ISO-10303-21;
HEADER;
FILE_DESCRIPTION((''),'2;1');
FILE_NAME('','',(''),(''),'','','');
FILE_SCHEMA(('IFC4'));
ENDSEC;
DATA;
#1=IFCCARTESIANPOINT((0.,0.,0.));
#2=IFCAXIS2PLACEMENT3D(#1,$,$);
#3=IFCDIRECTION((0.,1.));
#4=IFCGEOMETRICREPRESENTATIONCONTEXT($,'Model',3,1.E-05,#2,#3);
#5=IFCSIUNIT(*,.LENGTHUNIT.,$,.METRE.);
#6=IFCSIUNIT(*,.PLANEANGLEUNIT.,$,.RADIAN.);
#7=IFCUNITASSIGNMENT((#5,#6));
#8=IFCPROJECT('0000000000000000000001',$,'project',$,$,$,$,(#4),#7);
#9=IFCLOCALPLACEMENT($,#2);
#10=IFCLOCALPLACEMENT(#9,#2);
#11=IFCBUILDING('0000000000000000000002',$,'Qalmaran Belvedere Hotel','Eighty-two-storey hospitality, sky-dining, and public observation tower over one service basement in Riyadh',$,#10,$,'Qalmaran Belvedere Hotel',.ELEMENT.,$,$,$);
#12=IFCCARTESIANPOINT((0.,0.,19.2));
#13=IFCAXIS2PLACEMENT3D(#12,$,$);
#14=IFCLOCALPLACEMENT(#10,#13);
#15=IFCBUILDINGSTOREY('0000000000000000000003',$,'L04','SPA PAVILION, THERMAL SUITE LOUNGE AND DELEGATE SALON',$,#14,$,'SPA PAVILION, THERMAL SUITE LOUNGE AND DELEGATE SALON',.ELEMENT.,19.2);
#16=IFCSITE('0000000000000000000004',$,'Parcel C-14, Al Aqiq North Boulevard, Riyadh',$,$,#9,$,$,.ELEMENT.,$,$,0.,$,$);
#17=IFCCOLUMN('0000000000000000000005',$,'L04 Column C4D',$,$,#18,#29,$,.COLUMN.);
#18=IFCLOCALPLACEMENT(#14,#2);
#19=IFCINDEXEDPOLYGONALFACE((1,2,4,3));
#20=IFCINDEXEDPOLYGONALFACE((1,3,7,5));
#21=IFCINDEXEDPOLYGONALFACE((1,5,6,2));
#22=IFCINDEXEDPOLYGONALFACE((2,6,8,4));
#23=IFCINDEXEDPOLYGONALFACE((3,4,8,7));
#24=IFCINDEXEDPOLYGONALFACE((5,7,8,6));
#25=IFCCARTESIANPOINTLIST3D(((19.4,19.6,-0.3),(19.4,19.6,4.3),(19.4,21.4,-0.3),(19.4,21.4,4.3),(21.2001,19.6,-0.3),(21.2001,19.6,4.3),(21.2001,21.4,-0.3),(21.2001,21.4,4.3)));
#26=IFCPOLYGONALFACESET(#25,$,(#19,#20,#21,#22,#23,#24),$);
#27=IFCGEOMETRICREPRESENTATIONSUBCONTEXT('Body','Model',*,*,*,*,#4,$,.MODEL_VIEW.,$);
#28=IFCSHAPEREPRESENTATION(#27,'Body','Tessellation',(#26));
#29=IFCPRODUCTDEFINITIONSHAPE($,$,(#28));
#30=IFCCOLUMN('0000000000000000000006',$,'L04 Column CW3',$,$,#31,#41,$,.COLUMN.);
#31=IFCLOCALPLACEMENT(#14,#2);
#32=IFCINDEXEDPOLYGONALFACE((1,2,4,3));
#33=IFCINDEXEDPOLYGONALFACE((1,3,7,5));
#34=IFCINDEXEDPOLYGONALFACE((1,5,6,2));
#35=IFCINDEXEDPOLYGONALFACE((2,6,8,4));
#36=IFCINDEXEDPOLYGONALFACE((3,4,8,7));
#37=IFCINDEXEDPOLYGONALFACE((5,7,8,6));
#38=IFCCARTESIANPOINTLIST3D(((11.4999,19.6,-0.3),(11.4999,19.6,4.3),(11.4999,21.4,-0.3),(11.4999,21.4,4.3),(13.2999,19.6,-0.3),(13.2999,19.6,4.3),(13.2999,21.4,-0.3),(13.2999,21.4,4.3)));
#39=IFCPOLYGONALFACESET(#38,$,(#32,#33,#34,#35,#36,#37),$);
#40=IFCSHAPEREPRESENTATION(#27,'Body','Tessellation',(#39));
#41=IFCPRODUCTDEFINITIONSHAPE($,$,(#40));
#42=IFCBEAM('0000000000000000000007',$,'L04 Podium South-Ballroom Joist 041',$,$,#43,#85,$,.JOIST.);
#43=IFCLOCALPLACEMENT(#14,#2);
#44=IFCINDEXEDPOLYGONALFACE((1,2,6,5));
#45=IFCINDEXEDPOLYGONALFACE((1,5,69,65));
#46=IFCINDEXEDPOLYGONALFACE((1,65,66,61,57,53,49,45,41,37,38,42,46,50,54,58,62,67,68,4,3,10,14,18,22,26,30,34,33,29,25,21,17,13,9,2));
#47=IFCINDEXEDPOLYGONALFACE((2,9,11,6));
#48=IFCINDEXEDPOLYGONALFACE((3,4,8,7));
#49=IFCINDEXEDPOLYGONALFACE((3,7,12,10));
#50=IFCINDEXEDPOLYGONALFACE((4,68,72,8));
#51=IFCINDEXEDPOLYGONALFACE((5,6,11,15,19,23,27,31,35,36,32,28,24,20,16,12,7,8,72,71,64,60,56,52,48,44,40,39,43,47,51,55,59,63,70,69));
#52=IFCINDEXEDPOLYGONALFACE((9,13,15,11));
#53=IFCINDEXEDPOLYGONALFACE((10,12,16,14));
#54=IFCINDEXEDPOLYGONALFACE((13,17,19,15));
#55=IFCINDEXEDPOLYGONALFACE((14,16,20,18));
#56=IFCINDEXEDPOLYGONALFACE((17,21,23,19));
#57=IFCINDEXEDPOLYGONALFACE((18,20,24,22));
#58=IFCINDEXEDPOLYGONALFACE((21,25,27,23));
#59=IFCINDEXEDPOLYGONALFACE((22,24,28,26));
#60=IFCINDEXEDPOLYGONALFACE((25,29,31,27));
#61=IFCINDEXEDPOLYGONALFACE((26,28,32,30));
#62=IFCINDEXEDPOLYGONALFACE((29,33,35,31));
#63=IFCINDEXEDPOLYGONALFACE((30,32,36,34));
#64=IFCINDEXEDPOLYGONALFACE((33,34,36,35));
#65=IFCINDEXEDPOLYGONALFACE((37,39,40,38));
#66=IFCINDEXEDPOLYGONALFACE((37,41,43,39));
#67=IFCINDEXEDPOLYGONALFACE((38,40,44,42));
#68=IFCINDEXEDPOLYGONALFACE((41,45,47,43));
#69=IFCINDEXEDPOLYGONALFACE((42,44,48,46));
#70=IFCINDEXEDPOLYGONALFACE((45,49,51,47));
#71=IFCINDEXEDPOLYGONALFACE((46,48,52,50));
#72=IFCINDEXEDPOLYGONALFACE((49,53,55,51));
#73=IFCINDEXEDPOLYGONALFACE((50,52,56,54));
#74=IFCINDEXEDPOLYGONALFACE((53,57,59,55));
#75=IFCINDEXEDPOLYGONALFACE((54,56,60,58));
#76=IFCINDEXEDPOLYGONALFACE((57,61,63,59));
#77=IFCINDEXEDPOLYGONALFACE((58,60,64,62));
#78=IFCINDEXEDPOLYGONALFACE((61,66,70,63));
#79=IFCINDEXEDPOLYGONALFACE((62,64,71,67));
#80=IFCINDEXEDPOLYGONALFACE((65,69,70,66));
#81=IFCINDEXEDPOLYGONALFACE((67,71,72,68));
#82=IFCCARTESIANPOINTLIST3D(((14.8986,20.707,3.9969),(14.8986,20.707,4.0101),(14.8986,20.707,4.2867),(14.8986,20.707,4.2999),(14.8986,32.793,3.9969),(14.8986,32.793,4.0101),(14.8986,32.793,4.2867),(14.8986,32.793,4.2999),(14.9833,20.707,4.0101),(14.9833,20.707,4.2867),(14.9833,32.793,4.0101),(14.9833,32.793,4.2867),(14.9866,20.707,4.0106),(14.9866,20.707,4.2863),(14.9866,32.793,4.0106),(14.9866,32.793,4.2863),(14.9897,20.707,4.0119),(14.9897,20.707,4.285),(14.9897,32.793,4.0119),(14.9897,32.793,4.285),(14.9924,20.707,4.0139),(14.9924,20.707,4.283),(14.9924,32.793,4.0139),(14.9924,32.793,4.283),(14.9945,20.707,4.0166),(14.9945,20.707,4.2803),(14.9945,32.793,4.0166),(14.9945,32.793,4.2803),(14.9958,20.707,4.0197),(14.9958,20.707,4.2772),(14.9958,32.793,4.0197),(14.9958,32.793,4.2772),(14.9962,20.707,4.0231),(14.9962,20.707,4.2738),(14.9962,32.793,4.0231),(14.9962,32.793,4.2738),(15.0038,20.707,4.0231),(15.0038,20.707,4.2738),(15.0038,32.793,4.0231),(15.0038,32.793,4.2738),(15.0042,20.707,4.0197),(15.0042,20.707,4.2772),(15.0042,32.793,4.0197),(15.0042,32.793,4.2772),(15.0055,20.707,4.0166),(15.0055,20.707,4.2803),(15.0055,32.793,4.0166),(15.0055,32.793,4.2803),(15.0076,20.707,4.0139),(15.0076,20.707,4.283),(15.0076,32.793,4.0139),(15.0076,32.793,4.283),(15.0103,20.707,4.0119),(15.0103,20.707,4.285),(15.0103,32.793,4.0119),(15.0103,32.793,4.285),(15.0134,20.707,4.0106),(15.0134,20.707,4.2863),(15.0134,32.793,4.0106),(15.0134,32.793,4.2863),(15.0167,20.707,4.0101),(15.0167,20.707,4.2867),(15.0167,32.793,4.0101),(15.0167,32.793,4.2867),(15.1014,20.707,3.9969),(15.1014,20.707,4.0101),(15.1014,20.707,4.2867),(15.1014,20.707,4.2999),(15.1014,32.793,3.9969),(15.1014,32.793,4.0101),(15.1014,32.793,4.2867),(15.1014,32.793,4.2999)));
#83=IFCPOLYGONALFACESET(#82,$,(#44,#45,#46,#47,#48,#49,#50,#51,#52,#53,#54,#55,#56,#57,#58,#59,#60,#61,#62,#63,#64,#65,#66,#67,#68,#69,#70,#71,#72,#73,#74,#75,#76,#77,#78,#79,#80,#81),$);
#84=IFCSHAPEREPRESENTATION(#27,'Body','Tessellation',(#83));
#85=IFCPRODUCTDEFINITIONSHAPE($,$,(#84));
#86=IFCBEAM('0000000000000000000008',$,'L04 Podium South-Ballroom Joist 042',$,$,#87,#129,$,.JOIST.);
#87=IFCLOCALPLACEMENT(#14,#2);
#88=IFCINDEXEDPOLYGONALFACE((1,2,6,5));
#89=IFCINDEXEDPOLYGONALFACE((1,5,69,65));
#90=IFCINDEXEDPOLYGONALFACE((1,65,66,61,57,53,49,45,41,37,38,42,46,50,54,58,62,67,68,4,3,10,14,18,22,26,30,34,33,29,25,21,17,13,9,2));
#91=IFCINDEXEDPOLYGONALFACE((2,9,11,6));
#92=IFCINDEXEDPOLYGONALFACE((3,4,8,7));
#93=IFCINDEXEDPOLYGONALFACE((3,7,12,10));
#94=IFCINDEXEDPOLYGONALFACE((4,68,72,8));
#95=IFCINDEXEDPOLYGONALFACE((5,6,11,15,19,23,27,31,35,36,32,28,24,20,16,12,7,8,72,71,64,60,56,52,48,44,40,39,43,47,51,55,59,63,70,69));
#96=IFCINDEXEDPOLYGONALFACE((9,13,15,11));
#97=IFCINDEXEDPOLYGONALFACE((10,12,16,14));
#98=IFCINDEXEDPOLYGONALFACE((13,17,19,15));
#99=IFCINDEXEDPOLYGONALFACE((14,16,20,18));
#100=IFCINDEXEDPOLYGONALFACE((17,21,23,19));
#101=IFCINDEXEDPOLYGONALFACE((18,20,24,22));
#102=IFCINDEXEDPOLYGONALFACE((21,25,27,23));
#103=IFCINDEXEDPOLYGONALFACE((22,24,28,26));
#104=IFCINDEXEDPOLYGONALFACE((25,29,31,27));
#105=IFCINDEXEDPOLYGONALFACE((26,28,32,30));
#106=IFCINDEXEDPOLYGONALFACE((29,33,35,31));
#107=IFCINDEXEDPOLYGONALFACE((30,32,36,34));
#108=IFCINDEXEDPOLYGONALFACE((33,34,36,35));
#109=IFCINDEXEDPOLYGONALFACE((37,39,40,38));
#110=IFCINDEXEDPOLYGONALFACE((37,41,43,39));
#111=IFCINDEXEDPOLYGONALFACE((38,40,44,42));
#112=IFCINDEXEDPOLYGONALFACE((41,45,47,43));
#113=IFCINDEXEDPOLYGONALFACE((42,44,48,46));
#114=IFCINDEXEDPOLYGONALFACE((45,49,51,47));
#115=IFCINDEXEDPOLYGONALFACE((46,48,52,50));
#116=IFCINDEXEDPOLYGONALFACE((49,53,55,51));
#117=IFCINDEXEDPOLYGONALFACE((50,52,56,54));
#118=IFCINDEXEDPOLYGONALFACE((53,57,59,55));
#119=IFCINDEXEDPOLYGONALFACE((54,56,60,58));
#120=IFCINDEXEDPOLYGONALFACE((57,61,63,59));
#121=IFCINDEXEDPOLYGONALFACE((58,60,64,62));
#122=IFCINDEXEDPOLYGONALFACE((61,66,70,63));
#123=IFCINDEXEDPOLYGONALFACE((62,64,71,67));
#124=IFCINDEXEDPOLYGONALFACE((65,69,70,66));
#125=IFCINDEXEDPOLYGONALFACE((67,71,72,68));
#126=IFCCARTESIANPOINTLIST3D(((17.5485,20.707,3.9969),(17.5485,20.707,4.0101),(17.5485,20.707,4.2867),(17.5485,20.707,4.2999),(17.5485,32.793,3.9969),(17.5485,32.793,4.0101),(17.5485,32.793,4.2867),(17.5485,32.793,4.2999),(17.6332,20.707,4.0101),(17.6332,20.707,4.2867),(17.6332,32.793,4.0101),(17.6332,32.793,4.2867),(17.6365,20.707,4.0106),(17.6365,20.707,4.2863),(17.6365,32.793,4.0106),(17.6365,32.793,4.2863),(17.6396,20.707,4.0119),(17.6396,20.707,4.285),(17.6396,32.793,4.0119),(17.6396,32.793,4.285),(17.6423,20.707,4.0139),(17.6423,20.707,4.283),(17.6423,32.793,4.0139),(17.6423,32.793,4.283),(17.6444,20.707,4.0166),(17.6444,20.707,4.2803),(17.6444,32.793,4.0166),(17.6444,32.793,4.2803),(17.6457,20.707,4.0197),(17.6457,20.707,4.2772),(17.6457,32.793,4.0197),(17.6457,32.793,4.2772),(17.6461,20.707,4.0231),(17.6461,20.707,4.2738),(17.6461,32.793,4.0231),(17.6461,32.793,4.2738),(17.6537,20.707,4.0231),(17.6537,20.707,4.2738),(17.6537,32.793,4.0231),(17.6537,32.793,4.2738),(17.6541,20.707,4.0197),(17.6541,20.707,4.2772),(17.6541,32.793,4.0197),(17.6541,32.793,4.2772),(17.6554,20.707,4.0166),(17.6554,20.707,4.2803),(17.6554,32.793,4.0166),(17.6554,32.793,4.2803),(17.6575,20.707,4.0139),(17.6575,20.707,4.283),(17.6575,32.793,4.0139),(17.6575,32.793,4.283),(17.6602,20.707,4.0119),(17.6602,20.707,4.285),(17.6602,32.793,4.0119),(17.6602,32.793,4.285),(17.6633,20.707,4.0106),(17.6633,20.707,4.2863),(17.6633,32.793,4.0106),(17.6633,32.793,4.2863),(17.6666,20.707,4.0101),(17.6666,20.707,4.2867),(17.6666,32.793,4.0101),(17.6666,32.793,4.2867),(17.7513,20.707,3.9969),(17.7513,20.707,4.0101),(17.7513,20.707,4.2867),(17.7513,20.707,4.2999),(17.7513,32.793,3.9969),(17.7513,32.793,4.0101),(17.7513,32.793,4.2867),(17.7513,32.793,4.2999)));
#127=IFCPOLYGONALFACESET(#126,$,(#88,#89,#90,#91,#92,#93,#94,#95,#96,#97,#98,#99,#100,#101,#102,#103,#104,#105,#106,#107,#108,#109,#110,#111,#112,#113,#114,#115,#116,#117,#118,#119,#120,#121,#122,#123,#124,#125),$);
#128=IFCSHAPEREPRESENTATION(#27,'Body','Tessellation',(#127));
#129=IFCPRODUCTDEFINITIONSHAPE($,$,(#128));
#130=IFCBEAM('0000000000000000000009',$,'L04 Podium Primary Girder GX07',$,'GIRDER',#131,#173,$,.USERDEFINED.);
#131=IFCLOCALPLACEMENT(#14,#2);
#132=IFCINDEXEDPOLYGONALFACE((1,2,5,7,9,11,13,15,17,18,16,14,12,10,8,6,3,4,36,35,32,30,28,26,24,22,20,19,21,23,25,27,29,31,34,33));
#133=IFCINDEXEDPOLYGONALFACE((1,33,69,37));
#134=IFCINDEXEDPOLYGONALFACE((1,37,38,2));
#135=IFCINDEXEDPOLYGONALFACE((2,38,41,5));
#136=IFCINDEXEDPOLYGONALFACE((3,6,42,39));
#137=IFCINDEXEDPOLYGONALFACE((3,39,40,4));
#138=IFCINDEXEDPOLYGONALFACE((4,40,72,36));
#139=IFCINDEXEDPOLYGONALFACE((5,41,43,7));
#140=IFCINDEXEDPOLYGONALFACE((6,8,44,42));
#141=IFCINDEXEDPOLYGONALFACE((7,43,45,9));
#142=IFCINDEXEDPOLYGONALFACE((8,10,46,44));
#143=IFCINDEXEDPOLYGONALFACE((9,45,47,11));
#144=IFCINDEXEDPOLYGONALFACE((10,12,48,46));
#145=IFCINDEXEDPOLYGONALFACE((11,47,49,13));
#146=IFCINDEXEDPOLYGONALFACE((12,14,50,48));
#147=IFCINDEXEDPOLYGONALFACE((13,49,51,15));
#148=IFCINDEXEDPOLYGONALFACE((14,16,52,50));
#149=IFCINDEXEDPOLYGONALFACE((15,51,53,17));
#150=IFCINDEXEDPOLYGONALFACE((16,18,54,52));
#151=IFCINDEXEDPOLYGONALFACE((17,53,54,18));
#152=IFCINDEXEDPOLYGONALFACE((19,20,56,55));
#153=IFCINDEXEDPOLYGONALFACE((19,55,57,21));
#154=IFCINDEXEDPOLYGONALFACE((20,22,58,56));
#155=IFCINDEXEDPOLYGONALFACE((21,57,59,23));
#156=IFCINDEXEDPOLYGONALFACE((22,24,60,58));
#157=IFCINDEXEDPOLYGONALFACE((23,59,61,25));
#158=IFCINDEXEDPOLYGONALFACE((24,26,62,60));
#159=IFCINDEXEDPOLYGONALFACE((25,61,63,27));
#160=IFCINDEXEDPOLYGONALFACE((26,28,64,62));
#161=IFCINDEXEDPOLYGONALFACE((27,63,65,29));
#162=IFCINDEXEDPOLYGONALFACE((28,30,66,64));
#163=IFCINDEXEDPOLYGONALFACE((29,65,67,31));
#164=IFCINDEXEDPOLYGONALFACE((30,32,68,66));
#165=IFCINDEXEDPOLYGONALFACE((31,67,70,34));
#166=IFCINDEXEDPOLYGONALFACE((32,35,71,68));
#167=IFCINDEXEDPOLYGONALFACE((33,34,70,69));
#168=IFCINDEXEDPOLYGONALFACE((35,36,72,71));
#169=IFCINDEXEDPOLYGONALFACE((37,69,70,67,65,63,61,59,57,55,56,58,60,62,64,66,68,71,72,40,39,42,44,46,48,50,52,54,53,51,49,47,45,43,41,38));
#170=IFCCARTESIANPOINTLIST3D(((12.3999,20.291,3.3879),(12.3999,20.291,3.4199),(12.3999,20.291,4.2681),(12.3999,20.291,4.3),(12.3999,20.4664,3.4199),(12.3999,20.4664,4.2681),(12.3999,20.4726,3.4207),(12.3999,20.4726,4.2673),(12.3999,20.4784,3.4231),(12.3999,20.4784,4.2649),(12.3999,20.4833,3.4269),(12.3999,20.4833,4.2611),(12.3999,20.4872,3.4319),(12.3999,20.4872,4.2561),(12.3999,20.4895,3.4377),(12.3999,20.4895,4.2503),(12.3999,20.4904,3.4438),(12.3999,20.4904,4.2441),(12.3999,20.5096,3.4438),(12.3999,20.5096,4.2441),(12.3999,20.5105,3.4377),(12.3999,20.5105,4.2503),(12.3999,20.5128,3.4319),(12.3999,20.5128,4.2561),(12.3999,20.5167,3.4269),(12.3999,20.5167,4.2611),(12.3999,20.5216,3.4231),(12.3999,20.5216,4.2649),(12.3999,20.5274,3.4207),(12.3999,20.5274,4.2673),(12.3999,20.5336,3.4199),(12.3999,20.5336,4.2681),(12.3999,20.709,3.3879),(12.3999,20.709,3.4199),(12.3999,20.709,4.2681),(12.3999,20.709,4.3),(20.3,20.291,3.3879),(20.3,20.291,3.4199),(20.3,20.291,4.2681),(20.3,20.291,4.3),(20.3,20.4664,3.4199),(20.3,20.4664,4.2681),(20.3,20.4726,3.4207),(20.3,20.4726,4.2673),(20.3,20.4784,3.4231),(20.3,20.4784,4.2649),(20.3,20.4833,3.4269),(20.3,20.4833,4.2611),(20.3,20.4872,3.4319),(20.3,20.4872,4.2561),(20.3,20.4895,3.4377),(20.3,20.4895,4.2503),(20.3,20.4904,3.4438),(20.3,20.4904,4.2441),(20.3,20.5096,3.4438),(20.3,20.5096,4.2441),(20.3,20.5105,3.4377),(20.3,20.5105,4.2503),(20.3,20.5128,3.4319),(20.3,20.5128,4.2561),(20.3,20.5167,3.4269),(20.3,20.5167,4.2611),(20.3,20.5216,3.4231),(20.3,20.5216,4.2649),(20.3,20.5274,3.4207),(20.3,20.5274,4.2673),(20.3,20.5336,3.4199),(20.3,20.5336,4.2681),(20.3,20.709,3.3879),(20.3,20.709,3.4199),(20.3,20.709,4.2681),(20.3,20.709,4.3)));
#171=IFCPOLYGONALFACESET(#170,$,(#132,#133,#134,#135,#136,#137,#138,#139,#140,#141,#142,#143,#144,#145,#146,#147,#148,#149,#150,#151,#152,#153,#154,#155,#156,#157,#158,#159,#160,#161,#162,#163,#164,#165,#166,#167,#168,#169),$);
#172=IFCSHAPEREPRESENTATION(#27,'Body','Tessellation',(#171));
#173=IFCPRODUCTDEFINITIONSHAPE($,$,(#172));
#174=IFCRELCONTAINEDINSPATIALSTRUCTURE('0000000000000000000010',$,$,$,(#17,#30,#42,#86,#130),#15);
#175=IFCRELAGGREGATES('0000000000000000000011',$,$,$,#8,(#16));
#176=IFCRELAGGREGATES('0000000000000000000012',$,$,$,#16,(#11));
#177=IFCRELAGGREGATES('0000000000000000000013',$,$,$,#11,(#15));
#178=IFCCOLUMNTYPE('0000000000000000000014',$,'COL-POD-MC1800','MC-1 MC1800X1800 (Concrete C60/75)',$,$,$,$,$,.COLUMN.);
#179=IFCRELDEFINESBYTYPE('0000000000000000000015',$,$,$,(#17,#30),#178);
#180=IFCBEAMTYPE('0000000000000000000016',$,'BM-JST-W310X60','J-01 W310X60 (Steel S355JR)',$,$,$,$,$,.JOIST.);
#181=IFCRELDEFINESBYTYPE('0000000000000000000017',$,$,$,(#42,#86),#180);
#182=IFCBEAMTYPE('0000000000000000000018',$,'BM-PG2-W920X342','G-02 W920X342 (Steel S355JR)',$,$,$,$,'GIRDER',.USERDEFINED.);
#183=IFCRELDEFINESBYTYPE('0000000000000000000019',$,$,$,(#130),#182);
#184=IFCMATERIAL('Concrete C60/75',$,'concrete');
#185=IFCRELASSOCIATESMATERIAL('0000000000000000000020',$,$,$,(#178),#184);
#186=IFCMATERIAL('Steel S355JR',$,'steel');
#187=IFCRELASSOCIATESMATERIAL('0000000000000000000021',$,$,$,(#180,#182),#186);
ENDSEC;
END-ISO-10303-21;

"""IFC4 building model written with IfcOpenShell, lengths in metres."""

from ifc_helpers import new_model, si_unit, direction, frame, origin, origin_2d, place, context, subcontext, project, spatial, rectangle, i_section, extrude, material, material_profile, profile_set, type_object, element, save


model = new_model("IFC4")

# Units and contexts
model_context = context("Model", 3, precision=1e-05, world=origin(), true_north=direction((0.0, 1.0)))
body_context = subcontext(model_context, "Body", "Model", "MODEL_VIEW")
ifc_project = project(units=[si_unit("LENGTHUNIT", "METRE"), si_unit("PLANEANGLEUNIT", "RADIAN")], contexts=[model_context])

# Site, building, storey
site_placement = place(None, origin())
site = spatial("IfcSite", under=ifc_project, at=site_placement, Name="Parcel C-14, Al Aqiq North Boulevard, Riyadh", CompositionType="ELEMENT", RefElevation=0.0)
building_placement = place(site_placement, origin())
building = spatial("IfcBuilding", under=site, at=building_placement, Name="Qalmaran Belvedere Hotel", Description="Eighty-two-storey hospitality, sky-dining, and public observation tower over one service basement in Riyadh", LongName="Qalmaran Belvedere Hotel", CompositionType="ELEMENT")
storey_placement = place(building_placement, frame((0.0, 0.0, 19.2)))
storey = spatial("IfcBuildingStorey", under=building, at=storey_placement, Name="L04", Description="SPA PAVILION, THERMAL SUITE LOUNGE AND DELEGATE SALON", LongName="SPA PAVILION, THERMAL SUITE LOUNGE AND DELEGATE SALON", CompositionType="ELEMENT", Elevation=19.2)

# Columns
ifc_material_1 = material(Name="Concrete C60/75", Category="concrete")
ifc_material_profile_1 = material_profile(ifc_material_1, rectangle(XDim=1.8, YDim=1.8, at=origin_2d()), Name="MC1800X1800")
ifc_profile_set_1 = profile_set([ifc_material_profile_1], Name="Concrete C60/75")
column_type = type_object("IfcColumnType", Name="COL-POD-MC1800", Description="MC-1 MC1800X1800 (Concrete C60/75)", PredefinedType="COLUMN", material=ifc_profile_set_1)
for number, where, z_axis, x_axis, name in (
    (1, (20.3, 20.5, -0.3), (0.0, 0.0, 1.0), (1.0, 0.0, 0.0), "L04 Column C4D"),
    (2, (12.3999, 20.5, -0.3), (0.0, 0.0, 1.0), (1.0, 0.0, 0.0), "L04 Column CW3"),
):
    element("IfcColumn", number, at=place(storey_placement, frame(where, z_axis=z_axis, x_axis=x_axis)), inside=storey, type_object=column_type, Name=name, PredefinedType="COLUMN", context=body_context, shape_type="SweptSolid", body=[
        extrude(rectangle(XDim=1.8, YDim=1.8, at=origin_2d()), origin(), (0.0, 0.0, 1.0), 4.6001),
    ])

# Beams
ifc_material_2 = material(Name="Steel S355JR", Category="steel")
ifc_material_profile_2 = material_profile(ifc_material_2, i_section(OverallWidth=0.2029, OverallDepth=0.303, WebThickness=0.0076, FlangeThickness=0.0132, FilletRadius=0.0129, at=origin_2d()), Name="W310X60")
ifc_profile_set_2 = profile_set([ifc_material_profile_2], Name="Steel S355JR")
beam_type_1 = type_object("IfcBeamType", Name="BM-JST-W310X60", Description="J-01 W310X60 (Steel S355JR)", PredefinedType="JOIST", material=ifc_profile_set_2)
for number, where, z_axis, x_axis, name in (
    (3, (15.0, 20.707, 4.1484), (0.0, 1.0, 0.0), (-1.0, 0.0, 0.0), "L04 Podium South-Ballroom Joist 041"),
    (4, (17.6499, 20.707, 4.1484), (0.0, 1.0, 0.0), (-1.0, 0.0, 0.0), "L04 Podium South-Ballroom Joist 042"),
):
    element("IfcBeam", number, at=place(storey_placement, frame(where, z_axis=z_axis, x_axis=x_axis)), inside=storey, type_object=beam_type_1, Name=name, PredefinedType="JOIST", context=body_context, shape_type="SweptSolid", body=[
        extrude(i_section(OverallWidth=0.2029, OverallDepth=0.303, WebThickness=0.0076, FlangeThickness=0.0132, FilletRadius=0.0129, at=origin_2d()), origin(), (0.0, 0.0, 1.0), 12.0859),
    ])
ifc_material_profile_3 = material_profile(ifc_material_2, i_section(OverallWidth=0.418, OverallDepth=0.9121, WebThickness=0.0193, FlangeThickness=0.032, FilletRadius=0.0239, at=origin_2d()), Name="W920X342")
ifc_profile_set_3 = profile_set([ifc_material_profile_3], Name="Steel S355JR")
beam_type_2 = type_object("IfcBeamType", Name="BM-PG2-W920X342", Description="G-02 W920X342 (Steel S355JR)", ElementType="GIRDER", PredefinedType="USERDEFINED", material=ifc_profile_set_3)
beam_1_placement = place(storey_placement, frame((12.3999, 20.5, 3.844), z_axis=(1.0, 0.0, 0.0), x_axis=(0.0, 1.0, 0.0)))
element("IfcBeam", 5, at=beam_1_placement, inside=storey, type_object=beam_type_2, Name="L04 Podium Primary Girder GX07", ObjectType="GIRDER", PredefinedType="USERDEFINED", context=body_context, shape_type="SweptSolid", body=[
    extrude(i_section(OverallWidth=0.418, OverallDepth=0.9121, WebThickness=0.0193, FlangeThickness=0.032, FilletRadius=0.0239, at=origin_2d()), origin(), (0.0, 0.0, 1.0), 7.9001),
])

save(model, "model.ifc")
